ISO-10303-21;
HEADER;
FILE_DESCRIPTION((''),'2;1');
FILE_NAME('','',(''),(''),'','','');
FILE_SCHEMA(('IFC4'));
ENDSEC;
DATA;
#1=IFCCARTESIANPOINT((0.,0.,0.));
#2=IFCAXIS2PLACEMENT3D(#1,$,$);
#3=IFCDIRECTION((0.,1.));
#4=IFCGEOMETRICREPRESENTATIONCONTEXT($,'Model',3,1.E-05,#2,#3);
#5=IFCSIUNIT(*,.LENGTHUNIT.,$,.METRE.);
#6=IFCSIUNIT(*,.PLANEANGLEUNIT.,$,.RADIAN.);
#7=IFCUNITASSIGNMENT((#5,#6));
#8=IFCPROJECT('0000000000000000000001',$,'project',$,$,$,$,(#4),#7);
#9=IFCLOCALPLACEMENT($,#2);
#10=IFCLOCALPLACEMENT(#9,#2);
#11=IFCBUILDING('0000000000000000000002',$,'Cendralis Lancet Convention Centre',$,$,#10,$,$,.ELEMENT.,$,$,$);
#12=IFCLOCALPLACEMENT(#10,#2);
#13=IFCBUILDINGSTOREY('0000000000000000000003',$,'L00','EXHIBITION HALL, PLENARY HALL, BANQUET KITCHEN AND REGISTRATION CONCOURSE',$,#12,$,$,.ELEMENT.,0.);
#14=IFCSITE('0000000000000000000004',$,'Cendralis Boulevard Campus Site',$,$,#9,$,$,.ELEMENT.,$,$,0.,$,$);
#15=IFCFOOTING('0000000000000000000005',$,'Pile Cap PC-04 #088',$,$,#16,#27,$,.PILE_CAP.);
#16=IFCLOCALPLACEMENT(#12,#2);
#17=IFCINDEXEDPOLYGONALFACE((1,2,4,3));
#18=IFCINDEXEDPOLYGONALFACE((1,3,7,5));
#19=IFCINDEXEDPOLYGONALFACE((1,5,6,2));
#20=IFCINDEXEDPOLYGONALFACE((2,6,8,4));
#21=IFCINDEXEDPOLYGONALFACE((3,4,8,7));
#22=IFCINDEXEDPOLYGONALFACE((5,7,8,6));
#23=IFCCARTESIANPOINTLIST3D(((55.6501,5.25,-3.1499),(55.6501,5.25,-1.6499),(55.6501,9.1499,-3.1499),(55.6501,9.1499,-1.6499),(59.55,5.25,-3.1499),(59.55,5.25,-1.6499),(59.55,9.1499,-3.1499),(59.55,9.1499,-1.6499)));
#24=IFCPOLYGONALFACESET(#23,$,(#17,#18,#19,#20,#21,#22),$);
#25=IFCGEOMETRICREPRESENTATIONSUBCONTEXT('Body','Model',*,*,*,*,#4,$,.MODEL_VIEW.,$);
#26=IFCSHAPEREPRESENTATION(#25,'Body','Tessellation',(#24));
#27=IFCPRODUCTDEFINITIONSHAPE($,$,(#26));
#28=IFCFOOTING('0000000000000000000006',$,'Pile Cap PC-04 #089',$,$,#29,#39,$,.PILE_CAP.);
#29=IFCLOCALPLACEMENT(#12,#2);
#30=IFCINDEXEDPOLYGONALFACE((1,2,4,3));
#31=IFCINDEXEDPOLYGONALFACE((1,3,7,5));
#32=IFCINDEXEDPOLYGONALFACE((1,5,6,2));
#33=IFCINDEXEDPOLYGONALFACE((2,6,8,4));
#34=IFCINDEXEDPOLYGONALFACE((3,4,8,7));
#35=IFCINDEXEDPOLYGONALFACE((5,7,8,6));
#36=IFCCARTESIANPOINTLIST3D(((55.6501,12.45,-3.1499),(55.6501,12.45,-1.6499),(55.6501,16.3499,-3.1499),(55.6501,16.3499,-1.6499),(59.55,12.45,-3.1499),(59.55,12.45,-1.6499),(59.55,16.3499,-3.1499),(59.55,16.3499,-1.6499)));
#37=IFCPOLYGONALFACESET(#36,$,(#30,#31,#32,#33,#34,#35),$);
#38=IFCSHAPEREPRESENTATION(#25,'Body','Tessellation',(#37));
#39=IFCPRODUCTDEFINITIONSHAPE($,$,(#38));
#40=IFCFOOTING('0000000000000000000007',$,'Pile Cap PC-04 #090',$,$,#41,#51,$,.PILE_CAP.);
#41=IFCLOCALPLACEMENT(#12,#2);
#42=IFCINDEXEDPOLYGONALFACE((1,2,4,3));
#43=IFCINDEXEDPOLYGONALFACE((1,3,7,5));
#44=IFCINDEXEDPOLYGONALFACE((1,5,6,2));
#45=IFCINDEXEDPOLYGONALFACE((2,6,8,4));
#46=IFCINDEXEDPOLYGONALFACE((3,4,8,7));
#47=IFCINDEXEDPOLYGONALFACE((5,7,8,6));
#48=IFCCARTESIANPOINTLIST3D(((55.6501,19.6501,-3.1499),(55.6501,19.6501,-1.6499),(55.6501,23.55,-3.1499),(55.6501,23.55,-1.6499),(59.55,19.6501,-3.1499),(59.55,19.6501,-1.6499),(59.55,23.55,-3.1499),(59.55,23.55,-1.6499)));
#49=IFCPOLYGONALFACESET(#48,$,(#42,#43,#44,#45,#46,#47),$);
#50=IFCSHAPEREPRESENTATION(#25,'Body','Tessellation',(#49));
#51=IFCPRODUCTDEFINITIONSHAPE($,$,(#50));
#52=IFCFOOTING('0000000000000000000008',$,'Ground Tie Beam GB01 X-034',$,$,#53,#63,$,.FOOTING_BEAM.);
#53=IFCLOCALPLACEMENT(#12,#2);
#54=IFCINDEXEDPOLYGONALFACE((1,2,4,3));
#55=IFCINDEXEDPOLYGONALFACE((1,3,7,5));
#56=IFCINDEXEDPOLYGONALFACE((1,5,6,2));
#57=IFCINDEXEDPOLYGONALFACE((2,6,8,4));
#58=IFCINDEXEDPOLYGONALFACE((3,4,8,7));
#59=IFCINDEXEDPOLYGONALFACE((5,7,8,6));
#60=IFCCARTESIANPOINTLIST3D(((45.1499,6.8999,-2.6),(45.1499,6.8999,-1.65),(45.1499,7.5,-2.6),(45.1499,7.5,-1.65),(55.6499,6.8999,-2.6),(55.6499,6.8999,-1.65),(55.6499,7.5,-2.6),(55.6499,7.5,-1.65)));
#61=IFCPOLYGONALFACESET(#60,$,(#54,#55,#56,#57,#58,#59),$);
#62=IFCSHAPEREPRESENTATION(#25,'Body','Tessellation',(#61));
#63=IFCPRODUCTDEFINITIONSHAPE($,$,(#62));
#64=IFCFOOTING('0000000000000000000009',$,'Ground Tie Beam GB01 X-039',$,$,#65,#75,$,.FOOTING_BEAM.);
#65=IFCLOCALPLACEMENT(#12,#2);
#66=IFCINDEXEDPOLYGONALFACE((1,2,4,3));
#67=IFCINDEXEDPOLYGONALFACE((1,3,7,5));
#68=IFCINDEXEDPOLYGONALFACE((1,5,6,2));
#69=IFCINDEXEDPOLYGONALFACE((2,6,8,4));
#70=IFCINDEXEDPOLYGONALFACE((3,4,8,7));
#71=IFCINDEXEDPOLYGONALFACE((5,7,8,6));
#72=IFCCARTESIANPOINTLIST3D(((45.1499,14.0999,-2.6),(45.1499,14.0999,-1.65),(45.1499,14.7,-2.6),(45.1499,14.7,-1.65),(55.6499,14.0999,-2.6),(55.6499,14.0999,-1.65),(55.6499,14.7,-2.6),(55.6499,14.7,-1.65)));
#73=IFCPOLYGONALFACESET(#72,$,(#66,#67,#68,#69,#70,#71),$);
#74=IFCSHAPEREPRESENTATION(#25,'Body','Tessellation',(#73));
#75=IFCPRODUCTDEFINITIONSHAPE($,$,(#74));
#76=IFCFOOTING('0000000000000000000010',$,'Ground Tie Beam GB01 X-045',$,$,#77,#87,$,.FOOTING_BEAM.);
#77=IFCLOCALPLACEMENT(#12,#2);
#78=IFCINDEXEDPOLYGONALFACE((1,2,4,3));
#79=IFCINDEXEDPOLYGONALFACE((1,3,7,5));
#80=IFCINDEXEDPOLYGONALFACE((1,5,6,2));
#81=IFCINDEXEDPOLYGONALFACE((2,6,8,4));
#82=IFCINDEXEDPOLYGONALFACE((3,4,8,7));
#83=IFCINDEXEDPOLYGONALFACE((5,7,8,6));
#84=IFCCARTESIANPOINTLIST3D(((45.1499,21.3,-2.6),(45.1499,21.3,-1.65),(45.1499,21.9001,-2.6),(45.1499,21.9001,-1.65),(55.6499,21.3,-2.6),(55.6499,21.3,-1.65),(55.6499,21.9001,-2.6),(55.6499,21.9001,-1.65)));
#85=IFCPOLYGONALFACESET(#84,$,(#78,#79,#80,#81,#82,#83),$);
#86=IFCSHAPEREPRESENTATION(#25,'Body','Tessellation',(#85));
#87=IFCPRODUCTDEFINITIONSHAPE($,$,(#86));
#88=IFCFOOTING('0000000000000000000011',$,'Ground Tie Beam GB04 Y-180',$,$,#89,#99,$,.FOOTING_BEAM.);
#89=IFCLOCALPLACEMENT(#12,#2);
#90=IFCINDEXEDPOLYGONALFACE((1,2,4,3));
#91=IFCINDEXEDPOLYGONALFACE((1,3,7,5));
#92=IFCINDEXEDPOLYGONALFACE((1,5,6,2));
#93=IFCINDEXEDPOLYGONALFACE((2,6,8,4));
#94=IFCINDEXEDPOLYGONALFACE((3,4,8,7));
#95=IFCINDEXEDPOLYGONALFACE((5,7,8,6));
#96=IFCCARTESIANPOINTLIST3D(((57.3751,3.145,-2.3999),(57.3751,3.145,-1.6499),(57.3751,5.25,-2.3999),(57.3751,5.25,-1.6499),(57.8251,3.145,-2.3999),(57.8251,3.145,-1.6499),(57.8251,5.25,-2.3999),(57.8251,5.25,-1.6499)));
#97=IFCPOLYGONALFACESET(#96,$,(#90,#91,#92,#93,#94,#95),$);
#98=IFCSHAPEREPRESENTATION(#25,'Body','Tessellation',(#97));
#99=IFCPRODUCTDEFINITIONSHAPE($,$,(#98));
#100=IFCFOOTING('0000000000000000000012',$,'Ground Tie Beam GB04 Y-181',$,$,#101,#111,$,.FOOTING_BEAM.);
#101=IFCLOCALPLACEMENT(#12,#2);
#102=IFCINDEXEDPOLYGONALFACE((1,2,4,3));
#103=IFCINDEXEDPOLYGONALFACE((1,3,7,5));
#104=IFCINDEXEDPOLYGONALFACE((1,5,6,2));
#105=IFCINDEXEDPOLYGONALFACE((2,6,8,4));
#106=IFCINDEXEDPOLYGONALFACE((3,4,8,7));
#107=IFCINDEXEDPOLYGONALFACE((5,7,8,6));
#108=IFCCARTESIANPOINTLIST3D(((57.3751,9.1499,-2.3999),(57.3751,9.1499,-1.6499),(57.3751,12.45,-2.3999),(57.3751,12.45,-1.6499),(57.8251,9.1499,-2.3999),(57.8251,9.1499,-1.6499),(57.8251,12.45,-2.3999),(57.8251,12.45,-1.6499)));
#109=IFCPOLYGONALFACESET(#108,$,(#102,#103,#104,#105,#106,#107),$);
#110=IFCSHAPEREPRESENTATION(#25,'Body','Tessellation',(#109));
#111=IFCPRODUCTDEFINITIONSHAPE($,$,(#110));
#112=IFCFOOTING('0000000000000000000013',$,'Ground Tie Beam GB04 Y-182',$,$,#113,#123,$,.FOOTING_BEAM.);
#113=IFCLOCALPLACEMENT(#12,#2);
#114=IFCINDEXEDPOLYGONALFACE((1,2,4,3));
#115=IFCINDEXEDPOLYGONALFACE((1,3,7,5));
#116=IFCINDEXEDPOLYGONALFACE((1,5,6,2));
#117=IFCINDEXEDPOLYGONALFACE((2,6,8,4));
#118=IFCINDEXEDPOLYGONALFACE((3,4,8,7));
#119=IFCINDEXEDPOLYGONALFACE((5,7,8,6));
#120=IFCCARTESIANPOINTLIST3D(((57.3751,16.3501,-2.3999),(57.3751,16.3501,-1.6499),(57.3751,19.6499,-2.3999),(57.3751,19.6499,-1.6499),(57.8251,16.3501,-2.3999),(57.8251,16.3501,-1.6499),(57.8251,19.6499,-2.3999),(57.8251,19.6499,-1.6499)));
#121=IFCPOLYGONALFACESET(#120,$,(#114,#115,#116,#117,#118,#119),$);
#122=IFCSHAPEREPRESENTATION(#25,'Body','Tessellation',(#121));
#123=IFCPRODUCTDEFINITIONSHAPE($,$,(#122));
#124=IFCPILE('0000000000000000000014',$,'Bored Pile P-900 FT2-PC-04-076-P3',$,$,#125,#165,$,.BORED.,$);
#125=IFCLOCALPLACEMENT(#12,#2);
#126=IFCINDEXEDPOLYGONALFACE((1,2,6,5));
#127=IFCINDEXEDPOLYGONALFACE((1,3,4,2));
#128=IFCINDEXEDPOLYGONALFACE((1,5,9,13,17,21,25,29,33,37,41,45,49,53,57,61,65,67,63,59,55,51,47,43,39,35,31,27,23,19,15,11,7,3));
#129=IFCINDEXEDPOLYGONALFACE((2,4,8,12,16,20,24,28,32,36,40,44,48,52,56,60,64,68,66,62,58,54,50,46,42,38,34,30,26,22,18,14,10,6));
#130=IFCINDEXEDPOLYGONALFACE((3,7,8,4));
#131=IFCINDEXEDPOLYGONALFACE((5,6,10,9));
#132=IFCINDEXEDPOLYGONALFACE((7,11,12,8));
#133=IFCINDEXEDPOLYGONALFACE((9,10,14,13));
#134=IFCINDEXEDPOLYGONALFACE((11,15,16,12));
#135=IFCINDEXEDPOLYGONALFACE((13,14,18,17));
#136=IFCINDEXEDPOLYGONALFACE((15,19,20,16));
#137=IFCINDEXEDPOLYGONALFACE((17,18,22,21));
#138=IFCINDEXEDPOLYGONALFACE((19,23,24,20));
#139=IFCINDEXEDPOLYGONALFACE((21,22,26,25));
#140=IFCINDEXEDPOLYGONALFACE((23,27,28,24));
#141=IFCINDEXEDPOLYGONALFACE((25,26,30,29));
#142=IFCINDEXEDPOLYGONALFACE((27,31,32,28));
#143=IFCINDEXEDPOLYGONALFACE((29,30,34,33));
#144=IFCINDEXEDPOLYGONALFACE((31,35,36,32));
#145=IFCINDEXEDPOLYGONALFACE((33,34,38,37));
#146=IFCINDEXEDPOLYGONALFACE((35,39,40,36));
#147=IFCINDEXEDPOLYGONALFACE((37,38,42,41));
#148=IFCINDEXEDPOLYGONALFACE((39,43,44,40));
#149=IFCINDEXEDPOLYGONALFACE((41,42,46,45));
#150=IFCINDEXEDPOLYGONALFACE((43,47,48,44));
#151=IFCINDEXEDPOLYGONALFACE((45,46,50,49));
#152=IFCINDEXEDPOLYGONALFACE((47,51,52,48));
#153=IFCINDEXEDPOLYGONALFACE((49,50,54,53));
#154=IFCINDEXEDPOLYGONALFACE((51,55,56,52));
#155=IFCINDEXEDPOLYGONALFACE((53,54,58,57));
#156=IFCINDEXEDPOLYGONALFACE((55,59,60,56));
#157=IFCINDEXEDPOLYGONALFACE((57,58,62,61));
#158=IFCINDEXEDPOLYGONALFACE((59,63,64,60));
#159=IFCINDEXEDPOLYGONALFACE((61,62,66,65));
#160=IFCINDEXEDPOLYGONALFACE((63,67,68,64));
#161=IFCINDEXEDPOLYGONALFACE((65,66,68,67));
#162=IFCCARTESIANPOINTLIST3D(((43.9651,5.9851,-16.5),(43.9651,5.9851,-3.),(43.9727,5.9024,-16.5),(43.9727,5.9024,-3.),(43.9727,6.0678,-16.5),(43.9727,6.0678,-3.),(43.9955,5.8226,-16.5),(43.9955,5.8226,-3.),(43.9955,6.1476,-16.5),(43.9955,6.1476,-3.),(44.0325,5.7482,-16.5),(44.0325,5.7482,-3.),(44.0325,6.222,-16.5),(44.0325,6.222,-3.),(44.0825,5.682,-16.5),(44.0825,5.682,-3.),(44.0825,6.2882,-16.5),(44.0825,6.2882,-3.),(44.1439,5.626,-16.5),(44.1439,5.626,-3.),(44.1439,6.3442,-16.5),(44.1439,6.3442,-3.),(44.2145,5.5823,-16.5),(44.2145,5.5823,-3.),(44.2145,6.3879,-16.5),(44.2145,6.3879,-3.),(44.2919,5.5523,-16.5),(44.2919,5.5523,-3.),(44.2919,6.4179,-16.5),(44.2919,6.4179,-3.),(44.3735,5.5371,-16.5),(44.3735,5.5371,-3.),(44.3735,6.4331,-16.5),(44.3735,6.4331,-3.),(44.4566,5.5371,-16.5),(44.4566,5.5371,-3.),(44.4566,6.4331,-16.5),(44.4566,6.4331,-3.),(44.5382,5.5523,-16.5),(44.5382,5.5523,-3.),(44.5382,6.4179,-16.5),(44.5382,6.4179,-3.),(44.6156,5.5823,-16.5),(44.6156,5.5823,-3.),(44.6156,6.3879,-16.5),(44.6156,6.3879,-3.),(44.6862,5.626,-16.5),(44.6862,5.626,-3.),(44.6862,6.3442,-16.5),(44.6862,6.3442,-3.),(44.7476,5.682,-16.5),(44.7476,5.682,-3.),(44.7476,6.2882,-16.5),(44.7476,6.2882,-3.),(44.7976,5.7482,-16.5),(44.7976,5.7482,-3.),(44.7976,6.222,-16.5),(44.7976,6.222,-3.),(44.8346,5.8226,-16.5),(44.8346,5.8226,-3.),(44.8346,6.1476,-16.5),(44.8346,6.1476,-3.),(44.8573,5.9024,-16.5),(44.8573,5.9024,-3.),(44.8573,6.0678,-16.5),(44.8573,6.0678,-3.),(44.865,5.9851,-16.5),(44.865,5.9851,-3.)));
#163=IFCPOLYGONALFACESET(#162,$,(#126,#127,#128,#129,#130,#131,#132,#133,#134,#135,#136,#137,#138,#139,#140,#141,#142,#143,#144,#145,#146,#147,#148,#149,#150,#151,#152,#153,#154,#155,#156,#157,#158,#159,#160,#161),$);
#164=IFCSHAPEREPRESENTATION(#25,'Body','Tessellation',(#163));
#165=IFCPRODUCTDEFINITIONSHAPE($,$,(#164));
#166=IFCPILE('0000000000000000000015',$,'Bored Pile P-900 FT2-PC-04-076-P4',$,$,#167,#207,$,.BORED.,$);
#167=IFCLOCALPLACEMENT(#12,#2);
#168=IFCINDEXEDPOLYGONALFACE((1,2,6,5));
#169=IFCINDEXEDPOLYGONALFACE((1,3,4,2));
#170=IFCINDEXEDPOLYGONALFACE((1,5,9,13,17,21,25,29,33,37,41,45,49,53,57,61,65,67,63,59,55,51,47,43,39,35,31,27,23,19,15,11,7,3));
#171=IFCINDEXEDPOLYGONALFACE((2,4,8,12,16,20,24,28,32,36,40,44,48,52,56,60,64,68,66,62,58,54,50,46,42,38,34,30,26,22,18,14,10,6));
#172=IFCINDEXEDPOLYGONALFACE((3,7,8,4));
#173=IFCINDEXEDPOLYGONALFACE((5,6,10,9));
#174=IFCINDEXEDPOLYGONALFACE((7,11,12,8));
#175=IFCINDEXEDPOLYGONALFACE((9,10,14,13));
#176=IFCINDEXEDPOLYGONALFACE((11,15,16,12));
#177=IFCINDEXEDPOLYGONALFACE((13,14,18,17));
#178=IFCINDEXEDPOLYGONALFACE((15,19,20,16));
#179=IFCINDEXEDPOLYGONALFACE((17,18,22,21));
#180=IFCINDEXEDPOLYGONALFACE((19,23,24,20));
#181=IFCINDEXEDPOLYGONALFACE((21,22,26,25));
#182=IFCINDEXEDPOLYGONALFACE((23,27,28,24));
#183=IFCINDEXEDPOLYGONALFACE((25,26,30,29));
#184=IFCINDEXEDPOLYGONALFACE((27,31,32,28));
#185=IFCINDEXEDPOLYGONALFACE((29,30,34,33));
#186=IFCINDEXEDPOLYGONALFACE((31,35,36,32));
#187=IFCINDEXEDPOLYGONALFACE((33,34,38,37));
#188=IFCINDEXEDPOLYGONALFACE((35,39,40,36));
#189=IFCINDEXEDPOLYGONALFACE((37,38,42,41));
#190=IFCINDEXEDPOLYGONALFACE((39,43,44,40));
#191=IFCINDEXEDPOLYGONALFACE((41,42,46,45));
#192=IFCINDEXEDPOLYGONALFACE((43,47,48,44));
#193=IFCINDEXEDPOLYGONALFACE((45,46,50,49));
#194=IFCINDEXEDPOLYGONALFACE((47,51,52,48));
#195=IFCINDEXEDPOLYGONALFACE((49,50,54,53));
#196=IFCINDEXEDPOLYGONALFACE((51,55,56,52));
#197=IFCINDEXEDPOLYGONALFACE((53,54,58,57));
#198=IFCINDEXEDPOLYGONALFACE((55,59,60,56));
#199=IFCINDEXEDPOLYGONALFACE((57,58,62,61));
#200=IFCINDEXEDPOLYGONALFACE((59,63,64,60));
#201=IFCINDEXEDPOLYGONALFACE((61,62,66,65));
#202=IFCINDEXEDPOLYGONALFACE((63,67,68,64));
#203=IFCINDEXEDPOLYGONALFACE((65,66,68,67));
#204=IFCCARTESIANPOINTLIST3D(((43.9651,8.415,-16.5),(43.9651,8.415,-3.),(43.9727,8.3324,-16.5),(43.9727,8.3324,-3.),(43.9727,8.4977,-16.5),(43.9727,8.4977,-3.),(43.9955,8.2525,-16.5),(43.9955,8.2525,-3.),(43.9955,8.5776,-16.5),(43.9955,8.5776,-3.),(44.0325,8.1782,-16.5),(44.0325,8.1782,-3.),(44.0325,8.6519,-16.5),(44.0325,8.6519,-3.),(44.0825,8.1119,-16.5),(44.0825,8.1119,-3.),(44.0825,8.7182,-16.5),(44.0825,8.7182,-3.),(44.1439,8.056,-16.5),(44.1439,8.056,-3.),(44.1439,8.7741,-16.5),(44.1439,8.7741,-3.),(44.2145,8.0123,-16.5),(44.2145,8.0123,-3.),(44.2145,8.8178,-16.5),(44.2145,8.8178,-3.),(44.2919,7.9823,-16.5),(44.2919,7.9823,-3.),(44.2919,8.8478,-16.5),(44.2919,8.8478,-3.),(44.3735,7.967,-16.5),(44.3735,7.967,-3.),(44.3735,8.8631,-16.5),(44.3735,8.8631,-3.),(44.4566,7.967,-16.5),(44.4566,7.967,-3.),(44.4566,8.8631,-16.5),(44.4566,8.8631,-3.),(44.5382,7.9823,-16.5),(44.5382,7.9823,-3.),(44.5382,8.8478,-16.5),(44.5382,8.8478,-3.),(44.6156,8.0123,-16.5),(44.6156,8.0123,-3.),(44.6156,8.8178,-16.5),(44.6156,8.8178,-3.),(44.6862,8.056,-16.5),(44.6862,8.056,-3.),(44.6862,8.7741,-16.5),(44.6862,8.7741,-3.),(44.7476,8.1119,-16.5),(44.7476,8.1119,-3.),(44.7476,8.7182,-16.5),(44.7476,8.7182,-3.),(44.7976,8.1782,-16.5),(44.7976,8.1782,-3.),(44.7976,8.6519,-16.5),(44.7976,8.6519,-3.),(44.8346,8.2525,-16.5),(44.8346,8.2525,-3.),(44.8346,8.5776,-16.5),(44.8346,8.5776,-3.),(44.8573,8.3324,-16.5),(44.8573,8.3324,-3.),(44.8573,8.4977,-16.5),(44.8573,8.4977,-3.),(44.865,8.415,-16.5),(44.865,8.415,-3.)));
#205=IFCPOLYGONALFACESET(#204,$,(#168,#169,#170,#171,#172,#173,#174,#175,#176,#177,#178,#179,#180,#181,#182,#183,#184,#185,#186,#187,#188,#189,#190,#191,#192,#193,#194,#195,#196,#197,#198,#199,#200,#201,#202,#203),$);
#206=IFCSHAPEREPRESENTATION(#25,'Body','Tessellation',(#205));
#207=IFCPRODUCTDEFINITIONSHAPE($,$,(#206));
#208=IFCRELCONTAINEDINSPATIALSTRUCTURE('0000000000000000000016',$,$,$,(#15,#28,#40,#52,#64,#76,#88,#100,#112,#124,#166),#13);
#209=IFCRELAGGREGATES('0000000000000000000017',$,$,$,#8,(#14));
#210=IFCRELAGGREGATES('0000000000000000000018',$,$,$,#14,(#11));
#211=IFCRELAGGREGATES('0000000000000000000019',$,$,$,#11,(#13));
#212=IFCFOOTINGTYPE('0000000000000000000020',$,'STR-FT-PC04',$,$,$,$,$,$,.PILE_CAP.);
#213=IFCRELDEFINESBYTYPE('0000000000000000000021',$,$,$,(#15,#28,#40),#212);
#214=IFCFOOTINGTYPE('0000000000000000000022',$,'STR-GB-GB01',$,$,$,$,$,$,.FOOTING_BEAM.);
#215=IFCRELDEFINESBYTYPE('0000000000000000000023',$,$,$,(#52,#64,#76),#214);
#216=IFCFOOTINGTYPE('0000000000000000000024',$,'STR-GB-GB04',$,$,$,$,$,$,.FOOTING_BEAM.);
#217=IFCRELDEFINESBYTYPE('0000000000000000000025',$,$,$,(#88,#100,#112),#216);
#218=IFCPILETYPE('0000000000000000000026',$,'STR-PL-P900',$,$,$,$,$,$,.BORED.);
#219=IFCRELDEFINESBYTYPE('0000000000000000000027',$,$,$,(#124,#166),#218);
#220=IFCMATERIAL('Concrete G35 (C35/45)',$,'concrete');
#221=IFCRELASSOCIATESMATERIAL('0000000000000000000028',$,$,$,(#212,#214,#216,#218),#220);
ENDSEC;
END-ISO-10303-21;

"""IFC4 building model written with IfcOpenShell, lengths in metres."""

from ifc_helpers import new_model, si_unit, direction, frame, origin, origin_2d, place, context, subcontext, project, spatial, rectangle, circle, extrude, material, material_profile, profile_set, type_object, element, save


model = new_model("IFC4")

# Units and contexts
model_context = context("Model", 3, precision=1e-05, world=origin(), true_north=direction((0.0, 1.0)))
body_context = subcontext(model_context, "Body", "Model", "MODEL_VIEW")
ifc_project = project(units=[si_unit("LENGTHUNIT", "METRE"), si_unit("PLANEANGLEUNIT", "RADIAN")], contexts=[model_context])

# Site, building, storey
site_placement = place(None, origin())
site = spatial("IfcSite", under=ifc_project, at=site_placement, Name="Cendralis Boulevard Campus Site", CompositionType="ELEMENT", RefElevation=0.0)
building_placement = place(site_placement, origin())
building = spatial("IfcBuilding", under=site, at=building_placement, Name="Cendralis Lancet Convention Centre", CompositionType="ELEMENT")
storey_placement = place(building_placement, origin())
storey = spatial("IfcBuildingStorey", under=building, at=storey_placement, Name="L00", Description="EXHIBITION HALL, PLENARY HALL, BANQUET KITCHEN AND REGISTRATION CONCOURSE", CompositionType="ELEMENT", Elevation=0.0)

# Footings
ifc_material_1 = material(Name="Concrete G35 (C35/45)", Category="concrete")
footing_type_1 = type_object("IfcFootingType", Name="STR-FT-PC04", PredefinedType="PILE_CAP", material=ifc_material_1)
for number, where, z_axis, x_axis, name in (
    (1, (57.6001, 7.2, -3.1499), (0.0, 0.0, 1.0), (1.0, 0.0, 0.0), "Pile Cap PC-04 #088"),
    (2, (57.6001, 14.3999, -3.1499), (0.0, 0.0, 1.0), (1.0, 0.0, 0.0), "Pile Cap PC-04 #089"),
    (3, (57.6001, 21.6001, -3.1499), (0.0, 0.0, 1.0), (1.0, 0.0, 0.0), "Pile Cap PC-04 #090"),
):
    element("IfcFooting", number, at=place(storey_placement, frame(where, z_axis=z_axis, x_axis=x_axis)), inside=storey, type_object=footing_type_1, Name=name, PredefinedType="PILE_CAP", context=body_context, shape_type="SweptSolid", body=[
        extrude(rectangle(XDim=3.8999, YDim=3.8999, at=origin_2d()), origin(), (0.0, 0.0, 1.0), 1.5),
    ])
ifc_material_profile_1 = material_profile(ifc_material_1, rectangle(XDim=0.6001, YDim=0.95, at=origin_2d()), Name="RCB 600x950")
ifc_profile_set_1 = profile_set([ifc_material_profile_1], Name="Concrete G35 (C35/45)")
footing_type_2 = type_object("IfcFootingType", Name="STR-GB-GB01", PredefinedType="FOOTING_BEAM", material=ifc_profile_set_1)
for number, where, z_axis, x_axis, name in (
    (4, (45.1499, 7.2, -2.125), (1.0, 0.0, 0.0), (0.0, 1.0, 0.0), "Ground Tie Beam GB01 X-034"),
    (5, (45.1499, 14.3999, -2.125), (1.0, 0.0, 0.0), (0.0, 1.0, 0.0), "Ground Tie Beam GB01 X-039"),
    (6, (45.1499, 21.6001, -2.125), (1.0, 0.0, 0.0), (0.0, 1.0, 0.0), "Ground Tie Beam GB01 X-045"),
):
    element("IfcFooting", number, at=place(storey_placement, frame(where, z_axis=z_axis, x_axis=x_axis)), inside=storey, type_object=footing_type_2, Name=name, PredefinedType="FOOTING_BEAM", context=body_context, shape_type="SweptSolid", body=[
        extrude(rectangle(XDim=0.6001, YDim=0.95, at=origin_2d()), origin(), (0.0, 0.0, 1.0), 10.5),
    ])
ifc_material_profile_2 = material_profile(ifc_material_1, rectangle(XDim=0.45, YDim=0.75, at=origin_2d()), Name="RCB 450x750")
ifc_profile_set_2 = profile_set([ifc_material_profile_2], Name="Concrete G35 (C35/45)")
footing_type_3 = type_object("IfcFootingType", Name="STR-GB-GB04", PredefinedType="FOOTING_BEAM", material=ifc_profile_set_2)
footing_1_placement = place(storey_placement, frame((57.6001, 3.145, -2.0249), z_axis=(0.0, 1.0, 0.0), x_axis=(-1.0, 0.0, 0.0)))
element("IfcFooting", 7, at=footing_1_placement, inside=storey, type_object=footing_type_3, Name="Ground Tie Beam GB04 Y-180", PredefinedType="FOOTING_BEAM", context=body_context, shape_type="SweptSolid", body=[
    extrude(rectangle(XDim=0.45, YDim=0.75, at=origin_2d()), origin(), (0.0, 0.0, 1.0), 2.105),
])
footing_2_placement = place(storey_placement, frame((57.6001, 9.1499, -2.0249), z_axis=(0.0, 1.0, 0.0), x_axis=(-1.0, 0.0, 0.0)))
element("IfcFooting", 8, at=footing_2_placement, inside=storey, type_object=footing_type_3, Name="Ground Tie Beam GB04 Y-181", PredefinedType="FOOTING_BEAM", context=body_context, shape_type="SweptSolid", body=[
    extrude(rectangle(XDim=0.45, YDim=0.75, at=origin_2d()), origin(), (0.0, 0.0, 1.0), 3.3),
])
footing_3_placement = place(storey_placement, frame((57.6001, 16.3501, -2.0249), z_axis=(0.0, 1.0, 0.0), x_axis=(-1.0, 0.0, 0.0)))
element("IfcFooting", 9, at=footing_3_placement, inside=storey, type_object=footing_type_3, Name="Ground Tie Beam GB04 Y-182", PredefinedType="FOOTING_BEAM", context=body_context, shape_type="SweptSolid", body=[
    extrude(rectangle(XDim=0.45, YDim=0.75, at=origin_2d()), origin(), (0.0, 0.0, 1.0), 3.2998),
])

# Piles
ifc_material_profile_3 = material_profile(ifc_material_1, circle(Radius=0.45, at=origin_2d()), Name="BORED PILE D900")
ifc_profile_set_3 = profile_set([ifc_material_profile_3], Name="Concrete G35 (C35/45)")
pile_type = type_object("IfcPileType", Name="STR-PL-P900", PredefinedType="BORED", material=ifc_profile_set_3)
for number, where, z_axis, x_axis, name in (
    (10, (44.415, 5.9851, -3.0), (0.0, 0.0, -1.0), (1.0, 0.0, 0.0), "Bored Pile P-900 FT2-PC-04-076-P3"),
    (11, (44.415, 8.415, -3.0), (0.0, 0.0, -1.0), (1.0, 0.0, 0.0), "Bored Pile P-900 FT2-PC-04-076-P4"),
):
    element("IfcPile", number, at=place(storey_placement, frame(where, z_axis=z_axis, x_axis=x_axis)), inside=storey, type_object=pile_type, Name=name, PredefinedType="BORED", context=body_context, shape_type="SweptSolid", body=[
        extrude(circle(Radius=0.45, at=origin_2d()), origin(), (0.0, 0.0, 1.0), 13.5),
    ])

save(model, "model.ifc")
